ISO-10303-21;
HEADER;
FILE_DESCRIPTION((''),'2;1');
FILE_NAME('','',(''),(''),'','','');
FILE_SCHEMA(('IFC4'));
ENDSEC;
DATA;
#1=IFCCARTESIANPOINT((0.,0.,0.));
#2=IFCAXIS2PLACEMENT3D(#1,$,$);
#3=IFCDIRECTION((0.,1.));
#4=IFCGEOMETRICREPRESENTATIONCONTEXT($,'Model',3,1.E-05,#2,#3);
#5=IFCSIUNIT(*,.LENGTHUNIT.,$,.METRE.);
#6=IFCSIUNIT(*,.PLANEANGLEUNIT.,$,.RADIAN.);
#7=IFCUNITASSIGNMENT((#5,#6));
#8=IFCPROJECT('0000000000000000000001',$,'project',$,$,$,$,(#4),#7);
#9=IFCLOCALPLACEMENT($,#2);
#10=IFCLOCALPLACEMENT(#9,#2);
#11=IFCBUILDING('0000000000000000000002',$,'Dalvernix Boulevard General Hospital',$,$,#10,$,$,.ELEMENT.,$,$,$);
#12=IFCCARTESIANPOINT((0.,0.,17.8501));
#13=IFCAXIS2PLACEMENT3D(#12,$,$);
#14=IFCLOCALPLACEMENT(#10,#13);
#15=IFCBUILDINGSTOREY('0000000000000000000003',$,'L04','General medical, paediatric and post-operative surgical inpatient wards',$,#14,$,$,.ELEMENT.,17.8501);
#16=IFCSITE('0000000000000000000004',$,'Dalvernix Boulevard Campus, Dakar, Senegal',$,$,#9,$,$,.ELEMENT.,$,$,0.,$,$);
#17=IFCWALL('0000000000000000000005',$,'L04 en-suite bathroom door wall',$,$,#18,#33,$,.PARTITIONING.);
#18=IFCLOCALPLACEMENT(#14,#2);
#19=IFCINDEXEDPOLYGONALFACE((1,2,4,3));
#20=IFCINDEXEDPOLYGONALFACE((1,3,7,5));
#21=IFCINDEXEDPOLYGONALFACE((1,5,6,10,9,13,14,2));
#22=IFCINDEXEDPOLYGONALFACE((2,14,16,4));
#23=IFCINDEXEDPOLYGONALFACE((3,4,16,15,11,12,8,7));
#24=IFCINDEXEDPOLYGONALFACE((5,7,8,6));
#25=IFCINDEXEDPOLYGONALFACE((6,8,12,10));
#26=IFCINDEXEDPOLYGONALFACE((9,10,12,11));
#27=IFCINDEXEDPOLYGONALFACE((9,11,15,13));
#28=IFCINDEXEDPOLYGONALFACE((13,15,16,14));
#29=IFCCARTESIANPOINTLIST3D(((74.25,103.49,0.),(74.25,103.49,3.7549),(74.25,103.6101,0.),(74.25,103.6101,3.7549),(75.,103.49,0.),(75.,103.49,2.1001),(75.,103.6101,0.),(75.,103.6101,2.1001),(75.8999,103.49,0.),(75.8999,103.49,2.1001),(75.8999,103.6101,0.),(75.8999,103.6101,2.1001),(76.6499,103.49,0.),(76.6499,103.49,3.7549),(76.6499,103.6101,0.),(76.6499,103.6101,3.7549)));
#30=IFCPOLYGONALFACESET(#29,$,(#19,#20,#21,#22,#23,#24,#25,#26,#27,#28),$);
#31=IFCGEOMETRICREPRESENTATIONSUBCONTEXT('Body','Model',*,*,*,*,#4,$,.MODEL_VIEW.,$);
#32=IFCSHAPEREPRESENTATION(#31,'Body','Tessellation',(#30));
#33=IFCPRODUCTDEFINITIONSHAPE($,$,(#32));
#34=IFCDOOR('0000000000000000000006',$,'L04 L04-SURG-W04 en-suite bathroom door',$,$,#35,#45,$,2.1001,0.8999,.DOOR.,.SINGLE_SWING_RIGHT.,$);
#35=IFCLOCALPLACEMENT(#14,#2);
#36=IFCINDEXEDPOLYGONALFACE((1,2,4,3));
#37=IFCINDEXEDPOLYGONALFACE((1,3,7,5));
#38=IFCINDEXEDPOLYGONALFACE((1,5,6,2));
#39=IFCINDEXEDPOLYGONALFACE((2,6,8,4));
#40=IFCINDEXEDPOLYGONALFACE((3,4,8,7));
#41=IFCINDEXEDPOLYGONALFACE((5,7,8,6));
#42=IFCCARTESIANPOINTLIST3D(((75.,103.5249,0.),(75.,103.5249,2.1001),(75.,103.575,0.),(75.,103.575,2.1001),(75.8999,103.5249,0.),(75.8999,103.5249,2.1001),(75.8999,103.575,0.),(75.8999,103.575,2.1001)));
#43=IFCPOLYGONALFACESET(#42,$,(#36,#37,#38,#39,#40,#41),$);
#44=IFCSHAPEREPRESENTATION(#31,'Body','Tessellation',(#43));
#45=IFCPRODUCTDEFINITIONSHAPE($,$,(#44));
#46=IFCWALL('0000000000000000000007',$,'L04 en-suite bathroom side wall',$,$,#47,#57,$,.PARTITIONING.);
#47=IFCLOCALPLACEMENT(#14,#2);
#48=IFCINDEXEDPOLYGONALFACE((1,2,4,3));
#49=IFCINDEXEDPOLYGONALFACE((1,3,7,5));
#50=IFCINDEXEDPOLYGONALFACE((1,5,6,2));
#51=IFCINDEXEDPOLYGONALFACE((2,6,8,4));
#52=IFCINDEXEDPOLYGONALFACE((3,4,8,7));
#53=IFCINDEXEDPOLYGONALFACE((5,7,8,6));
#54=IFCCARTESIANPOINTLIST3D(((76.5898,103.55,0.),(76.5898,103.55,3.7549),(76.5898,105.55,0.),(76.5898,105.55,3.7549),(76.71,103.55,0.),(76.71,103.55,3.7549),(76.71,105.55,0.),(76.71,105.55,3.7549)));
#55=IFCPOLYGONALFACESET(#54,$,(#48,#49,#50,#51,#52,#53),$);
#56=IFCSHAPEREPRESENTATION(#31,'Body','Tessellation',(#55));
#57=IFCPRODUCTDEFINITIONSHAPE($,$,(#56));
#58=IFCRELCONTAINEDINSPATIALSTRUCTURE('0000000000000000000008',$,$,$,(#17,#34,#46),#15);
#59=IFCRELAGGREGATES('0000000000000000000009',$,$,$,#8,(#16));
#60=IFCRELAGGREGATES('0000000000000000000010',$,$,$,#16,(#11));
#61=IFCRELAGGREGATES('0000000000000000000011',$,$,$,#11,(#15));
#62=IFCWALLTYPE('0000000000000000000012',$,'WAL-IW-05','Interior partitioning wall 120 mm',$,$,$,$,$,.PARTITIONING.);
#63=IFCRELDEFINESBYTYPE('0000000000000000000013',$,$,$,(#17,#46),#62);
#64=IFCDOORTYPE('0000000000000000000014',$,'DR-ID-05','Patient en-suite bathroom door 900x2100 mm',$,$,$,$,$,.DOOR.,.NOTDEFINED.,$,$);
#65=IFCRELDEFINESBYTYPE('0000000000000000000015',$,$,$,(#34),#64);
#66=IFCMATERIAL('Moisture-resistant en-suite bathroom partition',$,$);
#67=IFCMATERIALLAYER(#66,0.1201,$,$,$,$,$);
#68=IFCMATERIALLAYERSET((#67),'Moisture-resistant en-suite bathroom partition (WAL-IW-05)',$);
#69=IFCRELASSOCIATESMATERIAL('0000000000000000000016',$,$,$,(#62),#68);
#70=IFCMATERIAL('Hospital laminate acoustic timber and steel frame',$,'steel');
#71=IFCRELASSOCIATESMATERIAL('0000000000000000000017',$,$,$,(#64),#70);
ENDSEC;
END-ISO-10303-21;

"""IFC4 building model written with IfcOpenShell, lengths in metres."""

from ifc_helpers import new_model, si_unit, direction, frame, frame_2d, origin, place, context, subcontext, project, spatial, rectangle, extrude, material, layer, layer_set, type_object, element, fill, save


model = new_model("IFC4")

# Units and contexts
model_context = context("Model", 3, precision=1e-05, world=origin(), true_north=direction((0.0, 1.0)))
body_context = subcontext(model_context, "Body", "Model", "MODEL_VIEW")
ifc_project = project(units=[si_unit("LENGTHUNIT", "METRE"), si_unit("PLANEANGLEUNIT", "RADIAN")], contexts=[model_context])

# Site, building, storey
site_placement = place(None, origin())
site = spatial("IfcSite", under=ifc_project, at=site_placement, Name="Dalvernix Boulevard Campus, Dakar, Senegal", CompositionType="ELEMENT", RefElevation=0.0)
building_placement = place(site_placement, origin())
building = spatial("IfcBuilding", under=site, at=building_placement, Name="Dalvernix Boulevard General Hospital", CompositionType="ELEMENT")
storey_placement = place(building_placement, frame((0.0, 0.0, 17.8501)))
storey = spatial("IfcBuildingStorey", under=building, at=storey_placement, Name="L04", Description="General medical, paediatric and post-operative surgical inpatient wards", CompositionType="ELEMENT", Elevation=17.8501)

# Wall, opening, door
ifc_material_1 = material(Name="Moisture-resistant en-suite bathroom partition")
ifc_layer = layer(ifc_material_1, 0.1201)
ifc_layer_set = layer_set([ifc_layer], Name="Moisture-resistant en-suite bathroom partition (WAL-IW-05)")
wall_type = type_object("IfcWallType", Name="WAL-IW-05", Description="Interior partitioning wall 120 mm", PredefinedType="PARTITIONING", material=ifc_layer_set)
wall_1_placement = place(storey_placement, frame((74.25, 103.55, 0.0), z_axis=(0.0, 0.0, 1.0), x_axis=(1.0, 0.0, 0.0)))
wall_1 = element("IfcWall", 1, at=wall_1_placement, inside=storey, type_object=wall_type, Name="L04 en-suite bathroom door wall", PredefinedType="PARTITIONING", context=body_context, shape_type="SweptSolid", body=[
    extrude(rectangle(XDim=2.3999, YDim=0.1201, at=frame_2d((1.2, 0.0))), origin(), (0.0, 0.0, 1.0), 3.7549),
])
opening_placement = place(wall_1_placement, frame((0.75, 0.0, 0.0)))
opening = element("IfcOpeningElement", 2, at=opening_placement, cuts=wall_1, PredefinedType="OPENING", context=body_context, shape_type="SweptSolid", body=[
    extrude(rectangle(XDim=0.8999, YDim=2.1001, at=frame_2d((0.45, 1.05))), frame((0.0, 0.0701, 0.0), z_axis=(0.0, -1.0, 0.0), x_axis=(1.0, 0.0, 0.0)), (0.0, 0.0, 1.0), 0.1401),
])
ifc_material_2 = material(Name="Hospital laminate acoustic timber and steel frame", Category="steel")
door_type = type_object("IfcDoorType", Name="DR-ID-05", Description="Patient en-suite bathroom door 900x2100 mm", OperationType="NOTDEFINED", PredefinedType="DOOR", material=ifc_material_2)
door_placement = place(opening_placement, origin())
door = element("IfcDoor", 3, at=door_placement, inside=storey, type_object=door_type, Name="L04 L04-SURG-W04 en-suite bathroom door", OperationType="SINGLE_SWING_RIGHT", OverallHeight=2.1001, OverallWidth=0.8999, PredefinedType="DOOR", context=body_context, shape_type="SweptSolid", body=[
    extrude(rectangle(XDim=0.8999, YDim=2.1001, at=frame_2d((0.45, 1.05))), frame((0.0, 0.0249, 0.0), z_axis=(0.0, -1.0, 0.0), x_axis=(1.0, 0.0, 0.0)), (0.0, 0.0, 1.0), 0.05),
])
fill(opening, door)

# Wall
wall_2_placement = place(storey_placement, frame((76.6499, 103.55, 0.0), z_axis=(0.0, 0.0, 1.0), x_axis=(0.0, 1.0, 0.0)))
element("IfcWall", 4, at=wall_2_placement, inside=storey, type_object=wall_type, Name="L04 en-suite bathroom side wall", PredefinedType="PARTITIONING", context=body_context, shape_type="SweptSolid", body=[
    extrude(rectangle(XDim=2.0, YDim=0.1201, at=frame_2d((1.0, 0.0))), origin(), (0.0, 0.0, 1.0), 3.7549),
])

save(model, "model.ifc")
